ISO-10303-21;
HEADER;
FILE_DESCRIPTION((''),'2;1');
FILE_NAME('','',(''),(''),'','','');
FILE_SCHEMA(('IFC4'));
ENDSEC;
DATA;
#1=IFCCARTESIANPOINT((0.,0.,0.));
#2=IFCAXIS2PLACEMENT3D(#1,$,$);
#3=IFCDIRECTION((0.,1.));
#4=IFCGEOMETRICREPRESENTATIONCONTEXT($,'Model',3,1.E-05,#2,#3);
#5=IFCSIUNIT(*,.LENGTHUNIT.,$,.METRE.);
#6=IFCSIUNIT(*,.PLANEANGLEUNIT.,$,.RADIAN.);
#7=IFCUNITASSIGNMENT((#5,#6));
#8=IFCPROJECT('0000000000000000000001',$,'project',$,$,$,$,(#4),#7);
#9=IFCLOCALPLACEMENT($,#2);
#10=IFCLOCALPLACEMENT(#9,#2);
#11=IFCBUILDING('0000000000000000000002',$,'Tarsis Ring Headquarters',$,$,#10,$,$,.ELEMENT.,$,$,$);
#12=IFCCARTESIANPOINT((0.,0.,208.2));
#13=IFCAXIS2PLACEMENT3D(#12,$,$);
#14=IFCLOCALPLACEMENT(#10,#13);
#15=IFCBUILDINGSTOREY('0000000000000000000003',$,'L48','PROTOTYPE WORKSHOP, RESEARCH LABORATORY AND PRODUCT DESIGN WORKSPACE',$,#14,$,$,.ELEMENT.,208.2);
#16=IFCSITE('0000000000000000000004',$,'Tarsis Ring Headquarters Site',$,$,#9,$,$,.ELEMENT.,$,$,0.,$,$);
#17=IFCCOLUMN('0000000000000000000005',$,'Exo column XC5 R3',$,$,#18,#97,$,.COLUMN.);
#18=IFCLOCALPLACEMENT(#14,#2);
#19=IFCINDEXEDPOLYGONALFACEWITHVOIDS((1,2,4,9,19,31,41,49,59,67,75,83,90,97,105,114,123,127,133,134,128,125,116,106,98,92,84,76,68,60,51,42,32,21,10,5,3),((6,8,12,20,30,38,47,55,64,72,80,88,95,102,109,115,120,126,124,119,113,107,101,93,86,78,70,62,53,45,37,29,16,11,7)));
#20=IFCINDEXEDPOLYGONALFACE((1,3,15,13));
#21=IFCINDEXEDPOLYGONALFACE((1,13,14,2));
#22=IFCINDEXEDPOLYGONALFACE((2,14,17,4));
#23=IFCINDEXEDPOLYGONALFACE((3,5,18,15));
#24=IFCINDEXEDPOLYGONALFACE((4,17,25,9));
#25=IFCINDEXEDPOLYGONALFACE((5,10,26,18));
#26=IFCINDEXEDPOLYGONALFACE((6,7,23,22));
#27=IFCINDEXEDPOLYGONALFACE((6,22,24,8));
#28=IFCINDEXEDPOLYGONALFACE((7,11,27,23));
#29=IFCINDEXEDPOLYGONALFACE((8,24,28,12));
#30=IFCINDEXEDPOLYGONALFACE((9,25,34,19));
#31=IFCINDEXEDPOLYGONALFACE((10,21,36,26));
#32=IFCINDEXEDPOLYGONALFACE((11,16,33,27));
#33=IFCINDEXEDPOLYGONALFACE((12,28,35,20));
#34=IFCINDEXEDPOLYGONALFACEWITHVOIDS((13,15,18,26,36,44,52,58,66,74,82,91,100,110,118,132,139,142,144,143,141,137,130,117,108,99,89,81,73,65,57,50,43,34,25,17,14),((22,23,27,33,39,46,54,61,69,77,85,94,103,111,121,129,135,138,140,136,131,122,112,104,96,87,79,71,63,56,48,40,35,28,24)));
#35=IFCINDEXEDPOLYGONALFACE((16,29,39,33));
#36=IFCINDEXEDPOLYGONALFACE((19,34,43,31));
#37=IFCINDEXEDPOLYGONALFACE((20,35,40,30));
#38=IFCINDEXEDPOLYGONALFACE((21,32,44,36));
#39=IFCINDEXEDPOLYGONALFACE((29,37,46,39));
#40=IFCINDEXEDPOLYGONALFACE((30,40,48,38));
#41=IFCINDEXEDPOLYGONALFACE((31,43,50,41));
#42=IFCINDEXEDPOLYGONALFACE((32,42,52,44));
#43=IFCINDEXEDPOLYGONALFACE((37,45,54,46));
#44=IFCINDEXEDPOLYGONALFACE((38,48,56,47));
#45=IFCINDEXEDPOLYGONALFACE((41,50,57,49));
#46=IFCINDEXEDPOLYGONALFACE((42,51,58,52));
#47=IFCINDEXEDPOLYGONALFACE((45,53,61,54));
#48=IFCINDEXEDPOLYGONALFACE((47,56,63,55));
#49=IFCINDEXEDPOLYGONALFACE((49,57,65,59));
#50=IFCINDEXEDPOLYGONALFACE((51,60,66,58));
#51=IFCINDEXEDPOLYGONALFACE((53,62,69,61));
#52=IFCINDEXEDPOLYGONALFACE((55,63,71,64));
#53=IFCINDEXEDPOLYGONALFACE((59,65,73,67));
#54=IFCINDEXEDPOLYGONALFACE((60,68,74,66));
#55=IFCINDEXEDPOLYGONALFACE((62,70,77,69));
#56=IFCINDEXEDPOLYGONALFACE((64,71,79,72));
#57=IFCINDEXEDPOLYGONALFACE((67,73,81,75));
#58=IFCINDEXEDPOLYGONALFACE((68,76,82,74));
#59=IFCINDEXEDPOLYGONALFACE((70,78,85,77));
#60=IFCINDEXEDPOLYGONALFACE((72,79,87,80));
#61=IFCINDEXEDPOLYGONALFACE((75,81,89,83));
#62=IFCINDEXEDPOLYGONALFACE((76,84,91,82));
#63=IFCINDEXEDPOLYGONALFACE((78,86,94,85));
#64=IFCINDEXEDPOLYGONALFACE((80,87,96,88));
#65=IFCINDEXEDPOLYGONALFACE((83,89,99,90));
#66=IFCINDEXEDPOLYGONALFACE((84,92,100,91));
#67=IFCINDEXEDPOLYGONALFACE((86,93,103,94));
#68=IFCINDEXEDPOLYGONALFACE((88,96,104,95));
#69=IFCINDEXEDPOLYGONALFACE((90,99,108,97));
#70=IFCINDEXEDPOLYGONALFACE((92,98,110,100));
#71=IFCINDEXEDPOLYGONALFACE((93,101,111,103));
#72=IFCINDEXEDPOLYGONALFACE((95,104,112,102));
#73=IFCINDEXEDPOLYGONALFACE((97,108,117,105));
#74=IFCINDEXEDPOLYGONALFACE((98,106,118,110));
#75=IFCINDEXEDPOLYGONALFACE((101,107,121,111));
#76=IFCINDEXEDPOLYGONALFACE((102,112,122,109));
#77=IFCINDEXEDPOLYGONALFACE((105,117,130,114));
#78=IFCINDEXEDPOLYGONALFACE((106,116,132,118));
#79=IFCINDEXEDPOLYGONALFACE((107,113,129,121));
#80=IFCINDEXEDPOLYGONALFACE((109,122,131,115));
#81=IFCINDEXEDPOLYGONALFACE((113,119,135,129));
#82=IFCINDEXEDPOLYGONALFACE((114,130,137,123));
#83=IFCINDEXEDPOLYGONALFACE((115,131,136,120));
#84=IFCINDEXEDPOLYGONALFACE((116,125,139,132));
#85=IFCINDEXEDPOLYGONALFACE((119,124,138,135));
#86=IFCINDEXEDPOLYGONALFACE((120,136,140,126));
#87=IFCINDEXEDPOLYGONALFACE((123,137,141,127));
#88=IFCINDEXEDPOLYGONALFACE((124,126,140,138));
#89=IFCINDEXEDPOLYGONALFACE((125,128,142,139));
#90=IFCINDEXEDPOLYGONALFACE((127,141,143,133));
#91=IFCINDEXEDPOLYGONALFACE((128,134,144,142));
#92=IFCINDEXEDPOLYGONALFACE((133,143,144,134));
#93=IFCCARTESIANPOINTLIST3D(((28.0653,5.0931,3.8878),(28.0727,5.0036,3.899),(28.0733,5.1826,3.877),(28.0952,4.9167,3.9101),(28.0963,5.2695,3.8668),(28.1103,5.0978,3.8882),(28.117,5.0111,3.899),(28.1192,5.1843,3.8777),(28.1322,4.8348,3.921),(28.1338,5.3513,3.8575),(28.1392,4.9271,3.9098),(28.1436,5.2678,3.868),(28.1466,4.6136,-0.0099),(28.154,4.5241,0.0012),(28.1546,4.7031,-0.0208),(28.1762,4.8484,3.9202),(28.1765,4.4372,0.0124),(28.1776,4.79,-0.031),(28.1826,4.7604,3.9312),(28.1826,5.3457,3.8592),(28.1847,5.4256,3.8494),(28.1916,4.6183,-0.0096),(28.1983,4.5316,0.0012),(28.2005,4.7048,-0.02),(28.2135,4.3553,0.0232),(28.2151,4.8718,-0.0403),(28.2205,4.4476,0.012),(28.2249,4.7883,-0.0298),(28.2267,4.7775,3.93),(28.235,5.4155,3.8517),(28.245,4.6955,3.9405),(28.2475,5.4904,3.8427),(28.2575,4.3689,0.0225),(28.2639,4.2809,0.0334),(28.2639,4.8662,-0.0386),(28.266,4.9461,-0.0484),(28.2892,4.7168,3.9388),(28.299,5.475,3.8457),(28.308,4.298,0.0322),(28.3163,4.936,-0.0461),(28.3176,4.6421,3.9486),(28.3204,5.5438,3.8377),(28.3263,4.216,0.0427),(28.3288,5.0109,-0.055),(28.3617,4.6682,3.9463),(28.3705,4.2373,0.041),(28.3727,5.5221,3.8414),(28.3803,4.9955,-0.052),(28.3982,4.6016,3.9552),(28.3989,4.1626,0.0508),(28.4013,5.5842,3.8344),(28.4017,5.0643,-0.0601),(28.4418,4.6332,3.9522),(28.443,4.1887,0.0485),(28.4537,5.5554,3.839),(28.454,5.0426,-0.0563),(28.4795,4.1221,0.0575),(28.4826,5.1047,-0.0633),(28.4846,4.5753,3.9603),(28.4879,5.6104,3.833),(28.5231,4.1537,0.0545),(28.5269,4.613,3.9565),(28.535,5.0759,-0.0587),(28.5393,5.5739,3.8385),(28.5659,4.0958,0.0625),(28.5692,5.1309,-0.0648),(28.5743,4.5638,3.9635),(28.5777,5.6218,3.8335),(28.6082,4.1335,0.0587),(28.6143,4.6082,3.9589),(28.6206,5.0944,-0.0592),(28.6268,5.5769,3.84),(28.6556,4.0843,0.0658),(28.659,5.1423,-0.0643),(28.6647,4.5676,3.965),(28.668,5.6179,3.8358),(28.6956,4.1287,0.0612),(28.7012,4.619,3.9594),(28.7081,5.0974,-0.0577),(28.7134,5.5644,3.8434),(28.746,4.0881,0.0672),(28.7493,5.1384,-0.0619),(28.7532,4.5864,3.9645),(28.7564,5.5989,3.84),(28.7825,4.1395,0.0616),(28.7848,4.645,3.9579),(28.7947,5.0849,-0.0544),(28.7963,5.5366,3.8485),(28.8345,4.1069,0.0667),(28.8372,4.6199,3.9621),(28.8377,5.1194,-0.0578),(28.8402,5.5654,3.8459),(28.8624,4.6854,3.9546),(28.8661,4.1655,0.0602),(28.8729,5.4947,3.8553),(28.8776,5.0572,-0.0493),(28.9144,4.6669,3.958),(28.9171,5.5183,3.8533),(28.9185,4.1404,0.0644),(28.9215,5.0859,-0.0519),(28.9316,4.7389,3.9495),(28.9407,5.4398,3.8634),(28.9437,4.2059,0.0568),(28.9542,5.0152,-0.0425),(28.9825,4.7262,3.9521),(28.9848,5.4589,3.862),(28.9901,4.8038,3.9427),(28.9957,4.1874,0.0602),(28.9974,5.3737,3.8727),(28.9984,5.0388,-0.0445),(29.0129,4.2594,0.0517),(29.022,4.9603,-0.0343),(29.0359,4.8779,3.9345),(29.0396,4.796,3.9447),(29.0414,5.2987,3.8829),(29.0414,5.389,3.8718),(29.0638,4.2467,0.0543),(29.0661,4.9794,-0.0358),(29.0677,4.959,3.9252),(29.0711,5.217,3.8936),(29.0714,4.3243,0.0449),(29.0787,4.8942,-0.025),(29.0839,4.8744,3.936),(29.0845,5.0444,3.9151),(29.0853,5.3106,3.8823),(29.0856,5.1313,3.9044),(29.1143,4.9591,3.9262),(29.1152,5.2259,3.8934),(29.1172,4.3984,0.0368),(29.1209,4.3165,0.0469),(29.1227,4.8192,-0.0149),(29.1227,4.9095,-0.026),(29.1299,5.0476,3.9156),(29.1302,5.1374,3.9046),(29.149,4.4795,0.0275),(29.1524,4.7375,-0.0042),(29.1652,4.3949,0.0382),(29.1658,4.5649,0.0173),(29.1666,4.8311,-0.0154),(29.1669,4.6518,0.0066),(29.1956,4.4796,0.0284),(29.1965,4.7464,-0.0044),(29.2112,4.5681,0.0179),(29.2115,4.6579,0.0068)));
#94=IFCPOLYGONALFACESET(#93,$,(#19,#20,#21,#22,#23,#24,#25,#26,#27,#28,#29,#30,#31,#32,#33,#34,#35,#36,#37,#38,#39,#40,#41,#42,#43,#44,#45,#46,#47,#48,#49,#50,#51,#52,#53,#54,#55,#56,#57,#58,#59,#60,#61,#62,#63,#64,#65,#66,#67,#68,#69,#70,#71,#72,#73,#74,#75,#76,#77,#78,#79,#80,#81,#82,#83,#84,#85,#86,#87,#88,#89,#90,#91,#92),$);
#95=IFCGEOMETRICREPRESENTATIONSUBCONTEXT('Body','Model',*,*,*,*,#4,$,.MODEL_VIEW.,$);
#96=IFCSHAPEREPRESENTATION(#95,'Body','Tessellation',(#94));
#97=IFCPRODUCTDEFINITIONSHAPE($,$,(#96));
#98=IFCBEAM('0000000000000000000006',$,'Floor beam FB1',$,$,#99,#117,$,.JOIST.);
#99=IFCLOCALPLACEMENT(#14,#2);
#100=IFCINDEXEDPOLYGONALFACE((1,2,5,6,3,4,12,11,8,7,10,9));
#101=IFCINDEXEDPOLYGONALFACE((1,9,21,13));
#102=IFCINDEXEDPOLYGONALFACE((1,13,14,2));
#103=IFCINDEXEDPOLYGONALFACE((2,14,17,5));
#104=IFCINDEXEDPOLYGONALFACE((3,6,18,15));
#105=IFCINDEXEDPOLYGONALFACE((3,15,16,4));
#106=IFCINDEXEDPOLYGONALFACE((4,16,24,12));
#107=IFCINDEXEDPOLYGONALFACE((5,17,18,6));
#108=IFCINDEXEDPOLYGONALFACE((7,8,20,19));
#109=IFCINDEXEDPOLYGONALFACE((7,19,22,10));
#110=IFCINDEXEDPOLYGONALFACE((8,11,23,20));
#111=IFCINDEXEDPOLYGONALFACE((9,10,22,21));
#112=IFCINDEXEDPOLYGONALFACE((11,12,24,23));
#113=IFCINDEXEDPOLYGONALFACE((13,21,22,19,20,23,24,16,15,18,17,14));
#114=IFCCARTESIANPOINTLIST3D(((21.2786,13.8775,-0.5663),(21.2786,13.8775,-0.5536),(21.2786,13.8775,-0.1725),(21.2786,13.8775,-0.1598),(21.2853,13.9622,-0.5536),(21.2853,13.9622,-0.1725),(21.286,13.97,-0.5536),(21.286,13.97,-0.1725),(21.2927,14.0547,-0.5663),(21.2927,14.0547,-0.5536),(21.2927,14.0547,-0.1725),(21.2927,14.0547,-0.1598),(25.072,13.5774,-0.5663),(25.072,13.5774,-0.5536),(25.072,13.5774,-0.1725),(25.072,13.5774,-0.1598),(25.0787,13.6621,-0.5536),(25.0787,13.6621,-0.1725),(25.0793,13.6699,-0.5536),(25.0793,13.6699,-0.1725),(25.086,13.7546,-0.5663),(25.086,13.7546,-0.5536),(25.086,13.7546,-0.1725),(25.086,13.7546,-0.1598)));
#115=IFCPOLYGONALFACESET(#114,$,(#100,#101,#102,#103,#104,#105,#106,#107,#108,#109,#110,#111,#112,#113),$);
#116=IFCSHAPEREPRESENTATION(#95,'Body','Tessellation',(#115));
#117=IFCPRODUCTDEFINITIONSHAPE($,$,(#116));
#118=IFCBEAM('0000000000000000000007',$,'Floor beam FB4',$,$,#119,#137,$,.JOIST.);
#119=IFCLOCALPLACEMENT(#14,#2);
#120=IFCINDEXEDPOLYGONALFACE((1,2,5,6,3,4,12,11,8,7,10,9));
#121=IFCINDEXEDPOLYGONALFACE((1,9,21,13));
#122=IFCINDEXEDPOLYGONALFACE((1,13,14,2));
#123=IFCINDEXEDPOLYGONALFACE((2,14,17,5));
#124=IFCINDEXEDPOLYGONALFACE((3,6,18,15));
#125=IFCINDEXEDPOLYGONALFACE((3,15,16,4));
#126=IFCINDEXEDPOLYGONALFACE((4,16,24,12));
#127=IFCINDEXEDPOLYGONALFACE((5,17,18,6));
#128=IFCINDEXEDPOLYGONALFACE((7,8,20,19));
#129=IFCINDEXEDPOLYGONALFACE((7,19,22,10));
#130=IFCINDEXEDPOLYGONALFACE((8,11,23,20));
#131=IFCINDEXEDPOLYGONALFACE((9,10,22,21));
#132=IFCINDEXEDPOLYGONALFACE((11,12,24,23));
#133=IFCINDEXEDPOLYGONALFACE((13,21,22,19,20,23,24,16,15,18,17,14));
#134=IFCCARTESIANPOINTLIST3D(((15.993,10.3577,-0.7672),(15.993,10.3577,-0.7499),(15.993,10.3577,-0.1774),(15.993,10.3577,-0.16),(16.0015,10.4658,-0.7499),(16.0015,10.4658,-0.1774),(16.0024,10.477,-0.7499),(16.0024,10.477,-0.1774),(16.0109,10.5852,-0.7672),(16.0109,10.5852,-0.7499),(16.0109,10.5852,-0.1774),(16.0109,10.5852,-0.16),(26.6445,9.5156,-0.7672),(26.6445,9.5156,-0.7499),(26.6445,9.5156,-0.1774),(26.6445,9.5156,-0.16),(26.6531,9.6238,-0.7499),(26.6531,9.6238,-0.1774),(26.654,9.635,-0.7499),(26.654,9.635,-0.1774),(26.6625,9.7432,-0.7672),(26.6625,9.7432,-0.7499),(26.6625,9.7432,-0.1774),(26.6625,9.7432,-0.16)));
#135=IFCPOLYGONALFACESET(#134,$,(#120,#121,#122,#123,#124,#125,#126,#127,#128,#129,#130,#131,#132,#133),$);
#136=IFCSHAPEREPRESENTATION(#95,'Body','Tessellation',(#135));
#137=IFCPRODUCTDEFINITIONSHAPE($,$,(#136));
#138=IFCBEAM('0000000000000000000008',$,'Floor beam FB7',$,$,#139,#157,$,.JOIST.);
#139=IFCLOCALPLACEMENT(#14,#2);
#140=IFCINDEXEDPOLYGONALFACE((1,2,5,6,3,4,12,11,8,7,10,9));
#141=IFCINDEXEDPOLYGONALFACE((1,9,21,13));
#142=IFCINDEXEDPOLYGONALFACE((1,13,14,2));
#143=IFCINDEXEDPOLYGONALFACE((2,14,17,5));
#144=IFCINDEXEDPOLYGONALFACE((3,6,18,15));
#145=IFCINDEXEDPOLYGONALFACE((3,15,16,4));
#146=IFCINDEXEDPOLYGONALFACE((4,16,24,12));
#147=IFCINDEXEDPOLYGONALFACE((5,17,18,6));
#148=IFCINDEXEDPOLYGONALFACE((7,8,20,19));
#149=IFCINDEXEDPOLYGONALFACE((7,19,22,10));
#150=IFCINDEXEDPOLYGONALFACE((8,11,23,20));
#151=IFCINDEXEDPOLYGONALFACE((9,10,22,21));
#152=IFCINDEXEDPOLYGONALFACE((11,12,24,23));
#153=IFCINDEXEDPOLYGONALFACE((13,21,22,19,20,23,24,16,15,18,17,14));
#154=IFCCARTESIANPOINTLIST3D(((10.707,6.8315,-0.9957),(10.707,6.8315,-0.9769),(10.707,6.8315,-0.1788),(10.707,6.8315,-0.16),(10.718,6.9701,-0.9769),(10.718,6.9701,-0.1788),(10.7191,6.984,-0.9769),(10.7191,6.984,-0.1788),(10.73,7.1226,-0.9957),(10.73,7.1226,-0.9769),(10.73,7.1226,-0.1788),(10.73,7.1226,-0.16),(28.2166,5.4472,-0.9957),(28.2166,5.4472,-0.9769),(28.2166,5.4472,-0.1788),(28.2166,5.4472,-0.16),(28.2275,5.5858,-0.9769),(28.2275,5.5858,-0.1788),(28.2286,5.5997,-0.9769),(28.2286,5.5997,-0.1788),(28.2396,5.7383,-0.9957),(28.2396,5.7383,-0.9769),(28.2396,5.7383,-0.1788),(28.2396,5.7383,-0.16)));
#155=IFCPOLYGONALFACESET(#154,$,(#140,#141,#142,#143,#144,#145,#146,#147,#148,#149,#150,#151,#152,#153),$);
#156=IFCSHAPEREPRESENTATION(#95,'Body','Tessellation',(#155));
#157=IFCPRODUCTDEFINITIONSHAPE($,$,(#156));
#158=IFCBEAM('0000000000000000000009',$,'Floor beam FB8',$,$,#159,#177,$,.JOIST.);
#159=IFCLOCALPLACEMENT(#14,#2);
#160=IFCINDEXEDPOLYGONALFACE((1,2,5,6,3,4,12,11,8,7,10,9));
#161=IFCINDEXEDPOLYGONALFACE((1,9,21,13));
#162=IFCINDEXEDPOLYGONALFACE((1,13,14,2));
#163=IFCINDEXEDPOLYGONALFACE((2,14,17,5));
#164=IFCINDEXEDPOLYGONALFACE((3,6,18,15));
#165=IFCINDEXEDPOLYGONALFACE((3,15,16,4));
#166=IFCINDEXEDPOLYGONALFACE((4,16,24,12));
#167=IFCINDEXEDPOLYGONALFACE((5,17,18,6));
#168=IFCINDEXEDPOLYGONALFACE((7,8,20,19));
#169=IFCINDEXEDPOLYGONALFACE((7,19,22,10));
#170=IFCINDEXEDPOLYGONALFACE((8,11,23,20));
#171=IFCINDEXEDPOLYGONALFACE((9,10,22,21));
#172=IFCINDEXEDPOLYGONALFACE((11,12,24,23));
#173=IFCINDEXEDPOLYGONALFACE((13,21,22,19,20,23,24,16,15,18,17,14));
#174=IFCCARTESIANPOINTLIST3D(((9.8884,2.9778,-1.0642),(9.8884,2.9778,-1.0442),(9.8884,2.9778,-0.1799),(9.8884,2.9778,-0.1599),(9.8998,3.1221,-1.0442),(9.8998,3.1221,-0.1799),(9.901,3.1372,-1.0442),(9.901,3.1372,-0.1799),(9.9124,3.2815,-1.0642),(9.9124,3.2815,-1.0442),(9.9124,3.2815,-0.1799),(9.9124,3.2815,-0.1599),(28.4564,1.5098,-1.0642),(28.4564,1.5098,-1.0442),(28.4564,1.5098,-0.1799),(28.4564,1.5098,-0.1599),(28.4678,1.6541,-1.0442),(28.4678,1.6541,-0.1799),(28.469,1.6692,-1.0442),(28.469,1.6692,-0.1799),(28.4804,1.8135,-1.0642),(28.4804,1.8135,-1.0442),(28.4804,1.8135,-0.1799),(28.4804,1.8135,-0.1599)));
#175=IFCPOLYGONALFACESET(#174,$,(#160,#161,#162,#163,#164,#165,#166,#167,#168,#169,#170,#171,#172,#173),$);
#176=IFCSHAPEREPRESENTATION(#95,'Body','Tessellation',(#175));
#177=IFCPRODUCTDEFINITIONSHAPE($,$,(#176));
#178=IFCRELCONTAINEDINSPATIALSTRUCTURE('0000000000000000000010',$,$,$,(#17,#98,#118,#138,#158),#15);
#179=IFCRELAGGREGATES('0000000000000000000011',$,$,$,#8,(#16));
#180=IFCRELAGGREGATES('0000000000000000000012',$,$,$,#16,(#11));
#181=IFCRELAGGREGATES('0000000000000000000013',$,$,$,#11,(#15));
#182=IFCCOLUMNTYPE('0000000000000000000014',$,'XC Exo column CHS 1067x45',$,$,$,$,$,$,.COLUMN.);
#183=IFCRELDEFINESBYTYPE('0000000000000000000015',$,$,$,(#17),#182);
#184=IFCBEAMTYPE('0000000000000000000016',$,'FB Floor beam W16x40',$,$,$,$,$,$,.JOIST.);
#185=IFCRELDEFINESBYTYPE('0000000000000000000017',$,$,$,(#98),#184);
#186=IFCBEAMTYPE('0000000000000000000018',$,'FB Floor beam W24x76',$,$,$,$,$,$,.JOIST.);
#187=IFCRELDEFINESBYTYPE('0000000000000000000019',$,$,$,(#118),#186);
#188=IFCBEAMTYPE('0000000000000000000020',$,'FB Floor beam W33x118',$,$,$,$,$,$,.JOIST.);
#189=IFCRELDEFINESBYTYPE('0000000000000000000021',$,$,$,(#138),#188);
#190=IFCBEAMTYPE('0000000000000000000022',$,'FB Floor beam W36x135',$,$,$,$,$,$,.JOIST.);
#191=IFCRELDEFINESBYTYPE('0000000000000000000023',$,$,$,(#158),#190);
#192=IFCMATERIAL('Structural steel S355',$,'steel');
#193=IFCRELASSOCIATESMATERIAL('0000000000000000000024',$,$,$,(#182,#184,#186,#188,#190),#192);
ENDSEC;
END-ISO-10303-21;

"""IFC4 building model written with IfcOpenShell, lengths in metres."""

from ifc_helpers import new_model, si_unit, direction, frame, origin, origin_2d, place, context, subcontext, project, spatial, hollow_circle, i_section, extrude, material, material_profile, profile_set, type_object, element, save


model = new_model("IFC4")

# Units and contexts
model_context = context("Model", 3, precision=1e-05, world=origin(), true_north=direction((0.0, 1.0)))
body_context = subcontext(model_context, "Body", "Model", "MODEL_VIEW")
ifc_project = project(units=[si_unit("LENGTHUNIT", "METRE"), si_unit("PLANEANGLEUNIT", "RADIAN")], contexts=[model_context])

# Site, building, storey
site_placement = place(None, origin())
site = spatial("IfcSite", under=ifc_project, at=site_placement, Name="Tarsis Ring Headquarters Site", CompositionType="ELEMENT", RefElevation=0.0)
building_placement = place(site_placement, origin())
building = spatial("IfcBuilding", under=site, at=building_placement, Name="Tarsis Ring Headquarters", CompositionType="ELEMENT")
storey_placement = place(building_placement, frame((0.0, 0.0, 208.2)))
storey = spatial("IfcBuildingStorey", under=building, at=storey_placement, Name="L48", Description="PROTOTYPE WORKSHOP, RESEARCH LABORATORY AND PRODUCT DESIGN WORKSPACE", CompositionType="ELEMENT", Elevation=208.2)

# Column
ifc_material_1 = material(Name="Structural steel S355", Category="steel")
ifc_material_profile_1 = material_profile(ifc_material_1, hollow_circle(Radius=0.5334, WallThickness=0.0449, at=origin_2d()), Name="CHS 1067x45")
ifc_profile_set_1 = profile_set([ifc_material_profile_1], Name="Structural steel S355")
column_type = type_object("IfcColumnType", Name="XC Exo column CHS 1067x45", PredefinedType="COLUMN", material=ifc_profile_set_1)
column_placement = place(storey_placement, frame((28.6799, 4.6133, 0.0012), z_axis=(-0.020698, 0.122073, 0.992305), x_axis=(-0.985929, -0.167166, 0.0)))
element("IfcColumn", 1, at=column_placement, inside=storey, type_object=column_type, Name="Exo column XC5 R3", PredefinedType="COLUMN", context=body_context, shape_type="SweptSolid", body=[
    extrude(hollow_circle(Radius=0.5334, WallThickness=0.0449, at=origin_2d()), origin(), (0.0, 0.0, 1.0), 3.928),
])

# Beams
ifc_material_profile_2 = material_profile(ifc_material_1, i_section(OverallWidth=0.1777, OverallDepth=0.4065, WebThickness=0.0078, FlangeThickness=0.0127, at=origin_2d()), Name="W16x40")
ifc_profile_set_2 = profile_set([ifc_material_profile_2], Name="Structural steel S355")
beam_type_1 = type_object("IfcBeamType", Name="FB Floor beam W16x40", PredefinedType="JOIST", material=ifc_profile_set_2)
beam_1_placement = place(storey_placement, frame((21.2856, 13.9661, -0.363), z_axis=(0.996886, -0.078855, 0.0), x_axis=(0.078855, 0.996886, 0.0)))
element("IfcBeam", 2, at=beam_1_placement, inside=storey, type_object=beam_type_1, Name="Floor beam FB1", PredefinedType="JOIST", context=body_context, shape_type="SweptSolid", body=[
    extrude(i_section(OverallWidth=0.1777, OverallDepth=0.4065, WebThickness=0.0078, FlangeThickness=0.0127, at=origin_2d()), origin(), (0.0, 0.0, 1.0), 3.8052),
])
ifc_material_profile_3 = material_profile(ifc_material_1, i_section(OverallWidth=0.2283, OverallDepth=0.6072, WebThickness=0.0112, FlangeThickness=0.0173, at=origin_2d()), Name="W24x76")
ifc_profile_set_3 = profile_set([ifc_material_profile_3], Name="Structural steel S355")
beam_type_2 = type_object("IfcBeamType", Name="FB Floor beam W24x76", PredefinedType="JOIST", material=ifc_profile_set_3)
beam_2_placement = place(storey_placement, frame((16.002, 10.4714, -0.4636), z_axis=(0.99689, -0.078807, 0.0), x_axis=(0.078807, 0.99689, 0.0)))
element("IfcBeam", 3, at=beam_2_placement, inside=storey, type_object=beam_type_2, Name="Floor beam FB4", PredefinedType="JOIST", context=body_context, shape_type="SweptSolid", body=[
    extrude(i_section(OverallWidth=0.2283, OverallDepth=0.6072, WebThickness=0.0112, FlangeThickness=0.0173, at=origin_2d()), origin(), (0.0, 0.0, 1.0), 10.6848),
])
ifc_material_profile_4 = material_profile(ifc_material_1, i_section(OverallWidth=0.292, OverallDepth=0.8357, WebThickness=0.0139, FlangeThickness=0.0188, at=origin_2d()), Name="W33x118")
ifc_profile_set_4 = profile_set([ifc_material_profile_4], Name="Structural steel S355")
beam_type_3 = type_object("IfcBeamType", Name="FB Floor beam W33x118", PredefinedType="JOIST", material=ifc_profile_set_4)
beam_3_placement = place(storey_placement, frame((10.7185, 6.9771, -0.5779), z_axis=(0.996889, -0.078813, 0.0), x_axis=(0.078813, 0.996889, 0.0)))
element("IfcBeam", 4, at=beam_3_placement, inside=storey, type_object=beam_type_3, Name="Floor beam FB7", PredefinedType="JOIST", context=body_context, shape_type="SweptSolid", body=[
    extrude(i_section(OverallWidth=0.292, OverallDepth=0.8357, WebThickness=0.0139, FlangeThickness=0.0188, at=origin_2d()), origin(), (0.0, 0.0, 1.0), 17.5642),
])
ifc_material_profile_5 = material_profile(ifc_material_1, i_section(OverallWidth=0.3047, OverallDepth=0.9043, WebThickness=0.0151, FlangeThickness=0.02, at=origin_2d()), Name="W36x135")
ifc_profile_set_5 = profile_set([ifc_material_profile_5], Name="Structural steel S355")
beam_type_4 = type_object("IfcBeamType", Name="FB Floor beam W36x135", PredefinedType="JOIST", material=ifc_profile_set_5)
beam_4_placement = place(storey_placement, frame((9.9004, 3.1296, -0.6121), z_axis=(0.996889, -0.078815, 0.0), x_axis=(0.078815, 0.996889, 0.0)))
element("IfcBeam", 5, at=beam_4_placement, inside=storey, type_object=beam_type_4, Name="Floor beam FB8", PredefinedType="JOIST", context=body_context, shape_type="SweptSolid", body=[
    extrude(i_section(OverallWidth=0.3047, OverallDepth=0.9043, WebThickness=0.0151, FlangeThickness=0.02, at=origin_2d()), origin(), (0.0, 0.0, 1.0), 18.626),
])

save(model, "model.ifc")
